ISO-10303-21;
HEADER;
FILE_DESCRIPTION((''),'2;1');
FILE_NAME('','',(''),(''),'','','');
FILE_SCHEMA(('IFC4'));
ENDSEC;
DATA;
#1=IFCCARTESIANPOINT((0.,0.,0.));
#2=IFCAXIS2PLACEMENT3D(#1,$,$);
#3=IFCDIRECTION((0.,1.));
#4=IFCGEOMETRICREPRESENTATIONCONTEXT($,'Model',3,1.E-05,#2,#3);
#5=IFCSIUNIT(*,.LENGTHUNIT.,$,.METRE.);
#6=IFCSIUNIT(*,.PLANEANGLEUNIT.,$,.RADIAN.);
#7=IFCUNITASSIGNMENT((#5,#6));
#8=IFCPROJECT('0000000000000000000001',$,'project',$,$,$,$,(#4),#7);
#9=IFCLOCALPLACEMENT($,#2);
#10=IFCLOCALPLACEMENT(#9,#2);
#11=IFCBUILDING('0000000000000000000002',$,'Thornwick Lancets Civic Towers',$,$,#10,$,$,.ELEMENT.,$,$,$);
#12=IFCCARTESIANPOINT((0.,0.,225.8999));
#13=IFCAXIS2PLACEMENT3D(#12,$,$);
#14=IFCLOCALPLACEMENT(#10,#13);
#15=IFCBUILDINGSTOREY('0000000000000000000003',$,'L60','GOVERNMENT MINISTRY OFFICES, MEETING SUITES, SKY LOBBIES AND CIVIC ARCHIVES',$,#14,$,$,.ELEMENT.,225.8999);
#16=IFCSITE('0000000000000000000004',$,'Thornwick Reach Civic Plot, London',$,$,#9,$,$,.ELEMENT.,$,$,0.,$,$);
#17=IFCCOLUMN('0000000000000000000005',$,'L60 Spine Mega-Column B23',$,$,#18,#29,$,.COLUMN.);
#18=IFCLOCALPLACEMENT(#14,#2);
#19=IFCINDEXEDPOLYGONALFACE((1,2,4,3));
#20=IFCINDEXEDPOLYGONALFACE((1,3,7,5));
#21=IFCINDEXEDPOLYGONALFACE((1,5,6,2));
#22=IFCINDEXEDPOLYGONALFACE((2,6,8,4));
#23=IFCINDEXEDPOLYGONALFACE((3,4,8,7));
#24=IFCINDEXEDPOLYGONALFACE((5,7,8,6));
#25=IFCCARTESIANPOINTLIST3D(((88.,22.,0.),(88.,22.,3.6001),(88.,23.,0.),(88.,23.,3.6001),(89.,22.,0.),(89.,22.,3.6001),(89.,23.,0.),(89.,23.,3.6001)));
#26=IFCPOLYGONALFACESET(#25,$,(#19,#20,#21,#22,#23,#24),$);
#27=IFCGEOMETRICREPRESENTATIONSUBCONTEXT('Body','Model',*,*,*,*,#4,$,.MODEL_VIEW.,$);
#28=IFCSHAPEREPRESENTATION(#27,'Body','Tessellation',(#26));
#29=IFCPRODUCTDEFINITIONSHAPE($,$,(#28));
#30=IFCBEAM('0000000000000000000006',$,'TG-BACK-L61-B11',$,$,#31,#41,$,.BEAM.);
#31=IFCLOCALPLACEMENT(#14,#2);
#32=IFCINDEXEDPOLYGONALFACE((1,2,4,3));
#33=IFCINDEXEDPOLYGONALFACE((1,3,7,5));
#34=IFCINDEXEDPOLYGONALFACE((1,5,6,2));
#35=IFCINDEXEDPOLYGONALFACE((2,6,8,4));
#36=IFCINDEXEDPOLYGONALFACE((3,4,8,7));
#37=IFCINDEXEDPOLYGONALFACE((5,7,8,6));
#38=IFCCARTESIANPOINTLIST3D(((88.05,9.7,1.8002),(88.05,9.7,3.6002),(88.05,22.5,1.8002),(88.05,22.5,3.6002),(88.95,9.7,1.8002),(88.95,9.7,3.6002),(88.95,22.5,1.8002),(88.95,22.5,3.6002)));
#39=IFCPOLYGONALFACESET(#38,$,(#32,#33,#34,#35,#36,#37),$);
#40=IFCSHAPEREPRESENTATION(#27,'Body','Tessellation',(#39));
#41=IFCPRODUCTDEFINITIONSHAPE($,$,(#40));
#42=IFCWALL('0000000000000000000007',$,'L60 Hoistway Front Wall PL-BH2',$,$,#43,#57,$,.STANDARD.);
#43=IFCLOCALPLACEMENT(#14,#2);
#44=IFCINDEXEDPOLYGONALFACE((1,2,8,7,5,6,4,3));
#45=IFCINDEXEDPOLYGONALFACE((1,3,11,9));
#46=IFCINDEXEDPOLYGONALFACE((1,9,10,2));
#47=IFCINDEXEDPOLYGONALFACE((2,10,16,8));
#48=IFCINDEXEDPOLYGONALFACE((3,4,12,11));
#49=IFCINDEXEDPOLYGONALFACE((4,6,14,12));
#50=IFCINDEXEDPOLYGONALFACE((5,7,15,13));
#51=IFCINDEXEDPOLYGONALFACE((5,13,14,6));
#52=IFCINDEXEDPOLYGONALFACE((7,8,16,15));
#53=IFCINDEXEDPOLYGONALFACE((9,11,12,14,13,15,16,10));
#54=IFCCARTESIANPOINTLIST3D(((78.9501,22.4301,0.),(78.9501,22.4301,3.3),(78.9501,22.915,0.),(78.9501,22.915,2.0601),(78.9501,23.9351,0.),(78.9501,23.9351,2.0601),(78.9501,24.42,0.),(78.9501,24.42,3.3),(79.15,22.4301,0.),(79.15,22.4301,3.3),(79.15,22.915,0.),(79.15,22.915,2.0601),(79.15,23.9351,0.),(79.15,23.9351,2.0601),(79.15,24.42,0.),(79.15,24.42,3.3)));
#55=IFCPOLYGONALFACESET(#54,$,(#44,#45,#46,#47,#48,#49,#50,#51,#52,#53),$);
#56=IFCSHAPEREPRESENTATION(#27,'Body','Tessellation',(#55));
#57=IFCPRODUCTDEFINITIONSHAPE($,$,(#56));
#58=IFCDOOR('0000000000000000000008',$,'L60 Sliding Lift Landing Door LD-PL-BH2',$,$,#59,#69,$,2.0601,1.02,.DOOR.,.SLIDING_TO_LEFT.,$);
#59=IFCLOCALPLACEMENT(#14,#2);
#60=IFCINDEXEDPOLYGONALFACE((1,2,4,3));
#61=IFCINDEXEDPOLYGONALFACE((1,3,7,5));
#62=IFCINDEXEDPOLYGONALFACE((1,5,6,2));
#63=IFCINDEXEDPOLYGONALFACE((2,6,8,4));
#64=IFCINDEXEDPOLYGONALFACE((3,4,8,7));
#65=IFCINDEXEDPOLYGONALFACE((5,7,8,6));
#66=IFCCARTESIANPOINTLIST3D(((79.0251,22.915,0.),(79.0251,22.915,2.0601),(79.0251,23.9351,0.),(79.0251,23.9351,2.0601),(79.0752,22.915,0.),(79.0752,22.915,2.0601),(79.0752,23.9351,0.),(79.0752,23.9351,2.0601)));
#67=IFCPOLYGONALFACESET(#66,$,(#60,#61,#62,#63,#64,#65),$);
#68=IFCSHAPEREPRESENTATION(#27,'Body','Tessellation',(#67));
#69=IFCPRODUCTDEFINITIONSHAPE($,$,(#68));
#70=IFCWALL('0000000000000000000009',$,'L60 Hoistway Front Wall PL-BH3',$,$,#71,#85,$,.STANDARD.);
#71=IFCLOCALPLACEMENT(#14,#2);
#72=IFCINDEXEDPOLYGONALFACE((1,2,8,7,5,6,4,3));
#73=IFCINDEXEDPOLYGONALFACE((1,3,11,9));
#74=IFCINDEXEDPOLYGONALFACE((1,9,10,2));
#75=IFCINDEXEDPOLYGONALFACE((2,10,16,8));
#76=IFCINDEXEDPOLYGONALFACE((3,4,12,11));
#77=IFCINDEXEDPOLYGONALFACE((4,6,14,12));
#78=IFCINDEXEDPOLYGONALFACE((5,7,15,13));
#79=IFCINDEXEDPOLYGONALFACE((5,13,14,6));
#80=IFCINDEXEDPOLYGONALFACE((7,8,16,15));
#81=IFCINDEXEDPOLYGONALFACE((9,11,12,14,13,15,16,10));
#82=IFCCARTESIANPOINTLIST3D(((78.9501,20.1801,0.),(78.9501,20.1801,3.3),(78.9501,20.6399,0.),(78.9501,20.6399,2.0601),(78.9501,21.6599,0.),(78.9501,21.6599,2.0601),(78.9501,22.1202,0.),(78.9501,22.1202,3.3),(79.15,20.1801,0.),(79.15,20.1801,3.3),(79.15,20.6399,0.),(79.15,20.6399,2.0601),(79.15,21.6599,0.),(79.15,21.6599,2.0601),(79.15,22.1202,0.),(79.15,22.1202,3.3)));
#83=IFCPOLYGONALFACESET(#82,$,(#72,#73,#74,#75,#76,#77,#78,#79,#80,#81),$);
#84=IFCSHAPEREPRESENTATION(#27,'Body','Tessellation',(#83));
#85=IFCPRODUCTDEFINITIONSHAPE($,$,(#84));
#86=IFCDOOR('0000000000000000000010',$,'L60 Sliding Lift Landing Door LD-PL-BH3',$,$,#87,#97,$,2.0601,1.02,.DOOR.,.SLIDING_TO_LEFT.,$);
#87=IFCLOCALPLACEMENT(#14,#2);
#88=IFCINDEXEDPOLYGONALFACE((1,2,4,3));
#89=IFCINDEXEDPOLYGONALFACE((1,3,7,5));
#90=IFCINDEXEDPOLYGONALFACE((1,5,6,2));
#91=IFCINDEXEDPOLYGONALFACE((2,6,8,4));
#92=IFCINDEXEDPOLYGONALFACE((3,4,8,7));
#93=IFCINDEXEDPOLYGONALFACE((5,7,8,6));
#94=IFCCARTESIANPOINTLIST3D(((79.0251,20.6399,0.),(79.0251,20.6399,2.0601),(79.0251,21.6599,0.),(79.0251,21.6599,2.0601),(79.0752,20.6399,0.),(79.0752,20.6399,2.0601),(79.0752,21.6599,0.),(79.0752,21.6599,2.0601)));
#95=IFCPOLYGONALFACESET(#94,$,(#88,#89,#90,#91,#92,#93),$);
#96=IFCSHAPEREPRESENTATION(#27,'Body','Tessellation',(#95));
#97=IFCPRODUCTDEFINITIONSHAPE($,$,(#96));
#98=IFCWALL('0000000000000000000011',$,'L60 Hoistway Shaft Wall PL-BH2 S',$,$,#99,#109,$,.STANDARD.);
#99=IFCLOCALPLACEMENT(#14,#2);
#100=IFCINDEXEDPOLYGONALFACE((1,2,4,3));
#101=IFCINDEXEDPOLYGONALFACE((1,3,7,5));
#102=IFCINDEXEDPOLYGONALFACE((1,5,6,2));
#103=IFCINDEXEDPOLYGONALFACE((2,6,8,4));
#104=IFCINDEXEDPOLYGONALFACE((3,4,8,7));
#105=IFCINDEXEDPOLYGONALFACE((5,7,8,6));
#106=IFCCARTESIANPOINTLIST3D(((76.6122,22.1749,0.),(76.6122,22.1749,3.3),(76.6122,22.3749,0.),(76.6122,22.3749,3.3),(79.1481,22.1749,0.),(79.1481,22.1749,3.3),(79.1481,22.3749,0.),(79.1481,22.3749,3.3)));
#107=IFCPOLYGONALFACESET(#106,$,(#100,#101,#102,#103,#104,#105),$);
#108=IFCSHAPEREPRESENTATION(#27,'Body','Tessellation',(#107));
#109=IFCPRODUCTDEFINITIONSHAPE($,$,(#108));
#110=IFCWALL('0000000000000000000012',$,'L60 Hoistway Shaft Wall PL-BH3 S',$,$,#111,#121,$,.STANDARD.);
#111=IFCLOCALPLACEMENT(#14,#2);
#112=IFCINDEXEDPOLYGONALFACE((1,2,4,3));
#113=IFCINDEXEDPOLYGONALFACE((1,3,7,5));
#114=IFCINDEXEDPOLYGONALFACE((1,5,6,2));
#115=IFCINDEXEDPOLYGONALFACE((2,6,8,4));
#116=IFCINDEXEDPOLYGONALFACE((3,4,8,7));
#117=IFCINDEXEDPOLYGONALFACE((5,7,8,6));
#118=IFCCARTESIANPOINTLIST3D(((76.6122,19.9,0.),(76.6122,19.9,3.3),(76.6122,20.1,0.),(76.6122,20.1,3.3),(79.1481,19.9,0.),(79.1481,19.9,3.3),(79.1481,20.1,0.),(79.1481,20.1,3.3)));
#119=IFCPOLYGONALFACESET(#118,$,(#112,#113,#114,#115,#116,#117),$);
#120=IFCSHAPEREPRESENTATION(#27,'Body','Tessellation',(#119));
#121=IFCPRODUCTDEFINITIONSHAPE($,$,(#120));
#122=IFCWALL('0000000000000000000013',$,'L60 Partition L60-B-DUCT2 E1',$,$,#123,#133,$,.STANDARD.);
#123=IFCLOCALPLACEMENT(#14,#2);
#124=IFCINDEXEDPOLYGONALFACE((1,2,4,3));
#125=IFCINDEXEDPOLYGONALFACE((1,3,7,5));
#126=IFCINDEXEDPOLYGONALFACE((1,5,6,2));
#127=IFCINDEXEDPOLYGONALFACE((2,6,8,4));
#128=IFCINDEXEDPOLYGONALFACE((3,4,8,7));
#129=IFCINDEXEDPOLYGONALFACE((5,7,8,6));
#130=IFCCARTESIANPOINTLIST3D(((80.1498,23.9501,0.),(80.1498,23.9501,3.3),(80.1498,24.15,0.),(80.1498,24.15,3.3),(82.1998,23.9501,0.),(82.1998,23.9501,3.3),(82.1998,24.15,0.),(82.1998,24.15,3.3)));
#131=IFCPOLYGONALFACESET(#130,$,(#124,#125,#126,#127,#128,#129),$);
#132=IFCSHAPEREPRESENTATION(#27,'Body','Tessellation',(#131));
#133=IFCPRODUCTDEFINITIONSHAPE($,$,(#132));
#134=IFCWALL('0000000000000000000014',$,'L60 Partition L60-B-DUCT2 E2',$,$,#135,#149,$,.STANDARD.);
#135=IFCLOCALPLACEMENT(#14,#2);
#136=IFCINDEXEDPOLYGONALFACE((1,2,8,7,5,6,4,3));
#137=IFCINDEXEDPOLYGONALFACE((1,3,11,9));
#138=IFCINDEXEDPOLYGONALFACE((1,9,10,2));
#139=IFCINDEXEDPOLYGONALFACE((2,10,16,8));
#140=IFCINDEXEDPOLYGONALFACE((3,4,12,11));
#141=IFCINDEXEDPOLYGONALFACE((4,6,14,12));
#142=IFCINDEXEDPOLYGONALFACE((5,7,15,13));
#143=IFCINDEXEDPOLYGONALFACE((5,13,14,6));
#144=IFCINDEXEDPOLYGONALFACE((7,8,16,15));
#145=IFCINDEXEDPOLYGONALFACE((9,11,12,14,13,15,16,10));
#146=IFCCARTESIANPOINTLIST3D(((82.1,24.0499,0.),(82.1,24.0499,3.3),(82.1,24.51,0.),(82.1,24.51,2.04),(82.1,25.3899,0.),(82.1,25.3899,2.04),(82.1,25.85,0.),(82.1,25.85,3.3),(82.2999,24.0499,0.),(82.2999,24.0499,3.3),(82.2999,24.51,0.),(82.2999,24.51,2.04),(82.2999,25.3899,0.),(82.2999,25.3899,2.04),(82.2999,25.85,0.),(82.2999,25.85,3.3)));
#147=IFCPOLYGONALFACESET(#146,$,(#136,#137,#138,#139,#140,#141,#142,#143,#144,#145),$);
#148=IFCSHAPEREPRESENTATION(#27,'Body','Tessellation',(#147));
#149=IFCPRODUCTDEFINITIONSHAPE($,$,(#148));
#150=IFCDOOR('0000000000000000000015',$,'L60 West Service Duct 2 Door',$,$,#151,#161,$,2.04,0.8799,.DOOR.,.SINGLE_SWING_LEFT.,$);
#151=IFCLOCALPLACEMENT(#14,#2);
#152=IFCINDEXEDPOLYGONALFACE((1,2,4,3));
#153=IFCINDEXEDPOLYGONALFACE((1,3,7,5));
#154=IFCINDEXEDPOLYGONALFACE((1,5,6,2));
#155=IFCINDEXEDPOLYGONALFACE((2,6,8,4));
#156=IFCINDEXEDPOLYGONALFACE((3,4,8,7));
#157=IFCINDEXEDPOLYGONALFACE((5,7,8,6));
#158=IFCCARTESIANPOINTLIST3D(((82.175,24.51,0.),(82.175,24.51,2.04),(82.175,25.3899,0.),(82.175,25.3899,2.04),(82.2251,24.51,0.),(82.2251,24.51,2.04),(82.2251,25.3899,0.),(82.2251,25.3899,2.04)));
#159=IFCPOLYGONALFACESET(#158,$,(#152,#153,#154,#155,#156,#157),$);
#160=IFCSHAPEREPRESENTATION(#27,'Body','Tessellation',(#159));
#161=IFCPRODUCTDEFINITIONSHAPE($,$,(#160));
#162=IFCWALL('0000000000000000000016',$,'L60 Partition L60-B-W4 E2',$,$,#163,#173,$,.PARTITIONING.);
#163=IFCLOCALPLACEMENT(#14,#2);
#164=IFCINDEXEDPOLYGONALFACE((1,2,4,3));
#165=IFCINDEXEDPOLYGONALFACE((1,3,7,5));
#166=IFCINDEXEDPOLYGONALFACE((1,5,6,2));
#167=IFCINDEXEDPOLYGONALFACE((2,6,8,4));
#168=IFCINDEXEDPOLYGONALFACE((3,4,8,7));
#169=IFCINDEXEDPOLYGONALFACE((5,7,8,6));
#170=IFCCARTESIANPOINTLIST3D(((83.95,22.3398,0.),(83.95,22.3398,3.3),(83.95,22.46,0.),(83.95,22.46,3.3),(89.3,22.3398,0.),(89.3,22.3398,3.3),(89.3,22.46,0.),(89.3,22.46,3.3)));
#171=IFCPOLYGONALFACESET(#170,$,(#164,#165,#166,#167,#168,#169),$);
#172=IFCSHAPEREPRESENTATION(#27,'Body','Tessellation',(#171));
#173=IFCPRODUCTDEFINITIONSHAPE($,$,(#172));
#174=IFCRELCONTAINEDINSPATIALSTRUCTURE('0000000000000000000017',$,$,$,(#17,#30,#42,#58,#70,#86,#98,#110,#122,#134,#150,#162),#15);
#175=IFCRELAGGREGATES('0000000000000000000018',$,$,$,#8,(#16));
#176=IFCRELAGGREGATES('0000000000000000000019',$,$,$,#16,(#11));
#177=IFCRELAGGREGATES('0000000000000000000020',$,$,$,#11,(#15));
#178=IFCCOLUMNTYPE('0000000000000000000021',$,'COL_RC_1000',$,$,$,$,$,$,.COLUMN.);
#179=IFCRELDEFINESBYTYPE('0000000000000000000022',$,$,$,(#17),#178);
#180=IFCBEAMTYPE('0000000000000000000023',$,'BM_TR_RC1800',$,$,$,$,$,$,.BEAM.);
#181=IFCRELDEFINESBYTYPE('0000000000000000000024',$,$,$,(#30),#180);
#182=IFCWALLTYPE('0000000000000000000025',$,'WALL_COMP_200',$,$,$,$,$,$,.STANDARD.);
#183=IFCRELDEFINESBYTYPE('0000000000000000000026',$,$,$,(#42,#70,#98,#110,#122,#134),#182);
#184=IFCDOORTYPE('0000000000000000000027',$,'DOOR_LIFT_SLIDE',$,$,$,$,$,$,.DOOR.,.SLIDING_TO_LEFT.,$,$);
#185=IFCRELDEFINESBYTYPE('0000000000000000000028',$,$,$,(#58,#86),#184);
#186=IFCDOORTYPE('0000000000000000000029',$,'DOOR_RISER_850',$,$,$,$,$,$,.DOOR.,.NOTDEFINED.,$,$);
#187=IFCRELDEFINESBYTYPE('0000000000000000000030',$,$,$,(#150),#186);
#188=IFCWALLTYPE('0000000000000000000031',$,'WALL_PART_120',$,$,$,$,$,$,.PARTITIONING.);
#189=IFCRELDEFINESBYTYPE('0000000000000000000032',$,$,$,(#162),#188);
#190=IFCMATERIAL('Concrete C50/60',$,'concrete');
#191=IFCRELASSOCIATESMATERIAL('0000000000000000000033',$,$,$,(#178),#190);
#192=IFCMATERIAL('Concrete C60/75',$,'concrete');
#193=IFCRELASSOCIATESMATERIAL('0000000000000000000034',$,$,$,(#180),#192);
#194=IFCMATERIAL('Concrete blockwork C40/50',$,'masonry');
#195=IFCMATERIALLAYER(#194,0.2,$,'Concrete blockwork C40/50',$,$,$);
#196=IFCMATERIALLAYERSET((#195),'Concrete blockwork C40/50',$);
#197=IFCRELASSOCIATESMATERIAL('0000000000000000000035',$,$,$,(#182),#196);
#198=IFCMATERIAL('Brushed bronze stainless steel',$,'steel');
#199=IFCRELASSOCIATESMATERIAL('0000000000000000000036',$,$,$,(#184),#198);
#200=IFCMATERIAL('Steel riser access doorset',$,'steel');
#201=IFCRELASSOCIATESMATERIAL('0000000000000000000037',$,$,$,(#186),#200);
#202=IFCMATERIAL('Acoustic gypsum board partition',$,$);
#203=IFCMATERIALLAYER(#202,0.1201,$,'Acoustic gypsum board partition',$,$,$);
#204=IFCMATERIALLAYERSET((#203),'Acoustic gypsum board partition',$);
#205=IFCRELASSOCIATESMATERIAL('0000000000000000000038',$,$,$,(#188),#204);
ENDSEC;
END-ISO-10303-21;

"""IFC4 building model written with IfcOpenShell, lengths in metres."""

from ifc_helpers import new_model, si_unit, direction, frame, frame_2d, origin, origin_2d, place, context, subcontext, project, spatial, rectangle, extrude, material, layer, layer_set, material_profile, profile_set, type_object, element, fill, save


model = new_model("IFC4")

# Units and contexts
model_context = context("Model", 3, precision=1e-05, world=origin(), true_north=direction((0.0, 1.0)))
body_context = subcontext(model_context, "Body", "Model", "MODEL_VIEW")
ifc_project = project(units=[si_unit("LENGTHUNIT", "METRE"), si_unit("PLANEANGLEUNIT", "RADIAN")], contexts=[model_context])

# Site, building, storey
site_placement = place(None, origin())
site = spatial("IfcSite", under=ifc_project, at=site_placement, Name="Thornwick Reach Civic Plot, London", CompositionType="ELEMENT", RefElevation=0.0)
building_placement = place(site_placement, origin())
building = spatial("IfcBuilding", under=site, at=building_placement, Name="Thornwick Lancets Civic Towers", CompositionType="ELEMENT")
storey_placement = place(building_placement, frame((0.0, 0.0, 225.8999)))
storey = spatial("IfcBuildingStorey", under=building, at=storey_placement, Name="L60", Description="GOVERNMENT MINISTRY OFFICES, MEETING SUITES, SKY LOBBIES AND CIVIC ARCHIVES", CompositionType="ELEMENT", Elevation=225.8999)

# Column
ifc_material_1 = material(Name="Concrete C50/60", Category="concrete")
ifc_material_profile_1 = material_profile(ifc_material_1, rectangle(XDim=1.0, YDim=1.0, at=origin_2d()), Name="RC 1000x1000")
ifc_profile_set_1 = profile_set([ifc_material_profile_1], Name="Concrete C50/60")
column_type = type_object("IfcColumnType", Name="COL_RC_1000", PredefinedType="COLUMN", material=ifc_profile_set_1)
column_placement = place(storey_placement, frame((88.5, 22.5, 0.0), z_axis=(0.0, 0.0, 1.0), x_axis=(1.0, 0.0, 0.0)))
element("IfcColumn", 1, at=column_placement, inside=storey, type_object=column_type, Name="L60 Spine Mega-Column B23", PredefinedType="COLUMN", context=body_context, shape_type="SweptSolid", body=[
    extrude(rectangle(XDim=1.0, YDim=1.0, at=origin_2d()), origin(), (0.0, 0.0, 1.0), 3.6001),
])

# Beam
ifc_material_2 = material(Name="Concrete C60/75", Category="concrete")
ifc_material_profile_2 = material_profile(ifc_material_2, rectangle(XDim=0.8999, YDim=1.8, at=origin_2d()), Name="RC 900x1800")
ifc_profile_set_2 = profile_set([ifc_material_profile_2], Name="Concrete C60/75")
beam_type = type_object("IfcBeamType", Name="BM_TR_RC1800", PredefinedType="BEAM", material=ifc_profile_set_2)
beam_placement = place(storey_placement, frame((88.5, 22.5, 2.7002), z_axis=(0.0, -1.0, 0.0), x_axis=(1.0, 0.0, 0.0)))
element("IfcBeam", 2, at=beam_placement, inside=storey, type_object=beam_type, Name="TG-BACK-L61-B11", PredefinedType="BEAM", context=body_context, shape_type="SweptSolid", body=[
    extrude(rectangle(XDim=0.8999, YDim=1.8, at=origin_2d()), origin(), (0.0, 0.0, 1.0), 12.8),
])

# Walls, openings, doors
ifc_material_3 = material(Name="Concrete blockwork C40/50", Category="masonry")
ifc_layer_1 = layer(ifc_material_3, 0.2, Name="Concrete blockwork C40/50")
ifc_layer_set_1 = layer_set([ifc_layer_1], Name="Concrete blockwork C40/50")
wall_type_1 = type_object("IfcWallType", Name="WALL_COMP_200", PredefinedType="STANDARD", material=ifc_layer_set_1)
wall_1_placement = place(storey_placement, frame((79.05, 22.4299, 0.0), z_axis=(0.0, 0.0, 1.0), x_axis=(0.0, 1.0, 0.0)))
wall_1 = element("IfcWall", 3, at=wall_1_placement, inside=storey, type_object=wall_type_1, Name="L60 Hoistway Front Wall PL-BH2", PredefinedType="STANDARD", context=body_context, shape_type="SweptSolid", body=[
    extrude(rectangle(XDim=1.99, YDim=0.2, at=frame_2d((0.9951, 0.0))), origin(), (0.0, 0.0, 1.0), 3.3),
])
opening_1_placement = place(wall_1_placement, frame((0.4851, 0.0, 0.0)))
opening_1 = element("IfcOpeningElement", 4, at=opening_1_placement, cuts=wall_1, PredefinedType="OPENING", context=body_context, shape_type="SweptSolid", body=[
    extrude(rectangle(XDim=1.02, YDim=2.0601, at=frame_2d((0.51, 1.03))), frame((0.0, 0.1099, 0.0), z_axis=(0.0, -1.0, 0.0), x_axis=(1.0, 0.0, 0.0)), (0.0, 0.0, 1.0), 0.22),
])
ifc_material_4 = material(Name="Brushed bronze stainless steel", Category="steel")
door_type_1 = type_object("IfcDoorType", Name="DOOR_LIFT_SLIDE", OperationType="SLIDING_TO_LEFT", PredefinedType="DOOR", material=ifc_material_4)
door_1_placement = place(opening_1_placement, origin())
door_1 = element("IfcDoor", 5, at=door_1_placement, inside=storey, type_object=door_type_1, Name="L60 Sliding Lift Landing Door LD-PL-BH2", OperationType="SLIDING_TO_LEFT", OverallHeight=2.0601, OverallWidth=1.02, PredefinedType="DOOR", context=body_context, shape_type="SweptSolid", body=[
    extrude(rectangle(XDim=1.02, YDim=2.0601, at=frame_2d((0.51, 1.03))), frame((0.0, 0.0249, 0.0), z_axis=(0.0, -1.0, 0.0), x_axis=(1.0, 0.0, 0.0)), (0.0, 0.0, 1.0), 0.05),
])
fill(opening_1, door_1)
wall_2_placement = place(storey_placement, frame((79.05, 20.1799, 0.0), z_axis=(0.0, 0.0, 1.0), x_axis=(0.0, 1.0, 0.0)))
wall_2 = element("IfcWall", 6, at=wall_2_placement, inside=storey, type_object=wall_type_1, Name="L60 Hoistway Front Wall PL-BH3", PredefinedType="STANDARD", context=body_context, shape_type="SweptSolid", body=[
    extrude(rectangle(XDim=1.9402, YDim=0.2, at=frame_2d((0.9702, 0.0))), origin(), (0.0, 0.0, 1.0), 3.3),
])
opening_2_placement = place(wall_2_placement, frame((0.46, 0.0, 0.0)))
opening_2 = element("IfcOpeningElement", 7, at=opening_2_placement, cuts=wall_2, PredefinedType="OPENING", context=body_context, shape_type="SweptSolid", body=[
    extrude(rectangle(XDim=1.02, YDim=2.0601, at=frame_2d((0.51, 1.03))), frame((0.0, 0.1099, 0.0), z_axis=(0.0, -1.0, 0.0), x_axis=(1.0, 0.0, 0.0)), (0.0, 0.0, 1.0), 0.22),
])
door_2_placement = place(opening_2_placement, origin())
door_2 = element("IfcDoor", 8, at=door_2_placement, inside=storey, type_object=door_type_1, Name="L60 Sliding Lift Landing Door LD-PL-BH3", OperationType="SLIDING_TO_LEFT", OverallHeight=2.0601, OverallWidth=1.02, PredefinedType="DOOR", context=body_context, shape_type="SweptSolid", body=[
    extrude(rectangle(XDim=1.02, YDim=2.0601, at=frame_2d((0.51, 1.03))), frame((0.0, 0.0249, 0.0), z_axis=(0.0, -1.0, 0.0), x_axis=(1.0, 0.0, 0.0)), (0.0, 0.0, 1.0), 0.05),
])
fill(opening_2, door_2)

# Walls
for number, where, z_axis, x_axis, name in (
    (9, (76.6121, 22.2749, 0.0), (0.0, 0.0, 1.0), (1.0, 0.0, 0.0), "L60 Hoistway Shaft Wall PL-BH2 S"),
    (10, (76.6121, 20.0, 0.0), (0.0, 0.0, 1.0), (1.0, 0.0, 0.0), "L60 Hoistway Shaft Wall PL-BH3 S"),
):
    element("IfcWall", number, at=place(storey_placement, frame(where, z_axis=z_axis, x_axis=x_axis)), inside=storey, type_object=wall_type_1, Name=name, PredefinedType="STANDARD", context=body_context, shape_type="SweptSolid", body=[
        extrude(rectangle(XDim=2.5359, YDim=0.2, at=frame_2d((1.2681, 0.0))), origin(), (0.0, 0.0, 1.0), 3.3),
    ])
wall_3_placement = place(storey_placement, frame((80.1499, 24.05, 0.0), z_axis=(0.0, 0.0, 1.0), x_axis=(1.0, 0.0, 0.0)))
element("IfcWall", 11, at=wall_3_placement, inside=storey, type_object=wall_type_1, Name="L60 Partition L60-B-DUCT2 E1", PredefinedType="STANDARD", context=body_context, shape_type="SweptSolid", body=[
    extrude(rectangle(XDim=2.05, YDim=0.2, at=frame_2d((1.0249, 0.0))), origin(), (0.0, 0.0, 1.0), 3.3),
])

# Wall, opening, door
wall_4_placement = place(storey_placement, frame((82.2, 24.05, 0.0), z_axis=(0.0, 0.0, 1.0), x_axis=(0.0, 1.0, 0.0)))
wall_4 = element("IfcWall", 12, at=wall_4_placement, inside=storey, type_object=wall_type_1, Name="L60 Partition L60-B-DUCT2 E2", PredefinedType="STANDARD", context=body_context, shape_type="SweptSolid", body=[
    extrude(rectangle(XDim=1.8, YDim=0.2, at=frame_2d((0.8999, 0.0))), origin(), (0.0, 0.0, 1.0), 3.3),
])
opening_3_placement = place(wall_4_placement, frame((0.46, 0.0, 0.0)))
opening_3 = element("IfcOpeningElement", 13, at=opening_3_placement, cuts=wall_4, PredefinedType="OPENING", context=body_context, shape_type="SweptSolid", body=[
    extrude(rectangle(XDim=0.8799, YDim=2.04, at=frame_2d((0.4399, 1.02))), frame((0.0, 0.1099, 0.0), z_axis=(0.0, -1.0, 0.0), x_axis=(1.0, 0.0, 0.0)), (0.0, 0.0, 1.0), 0.22),
])
ifc_material_5 = material(Name="Steel riser access doorset", Category="steel")
door_type_2 = type_object("IfcDoorType", Name="DOOR_RISER_850", OperationType="NOTDEFINED", PredefinedType="DOOR", material=ifc_material_5)
door_3_placement = place(opening_3_placement, origin())
door_3 = element("IfcDoor", 14, at=door_3_placement, inside=storey, type_object=door_type_2, Name="L60 West Service Duct 2 Door", OperationType="SINGLE_SWING_LEFT", OverallHeight=2.04, OverallWidth=0.8799, PredefinedType="DOOR", context=body_context, shape_type="SweptSolid", body=[
    extrude(rectangle(XDim=0.8799, YDim=2.04, at=frame_2d((0.4399, 1.02))), frame((0.0, 0.0249, 0.0), z_axis=(0.0, -1.0, 0.0), x_axis=(1.0, 0.0, 0.0)), (0.0, 0.0, 1.0), 0.05),
])
fill(opening_3, door_3)

# Wall
ifc_material_6 = material(Name="Acoustic gypsum board partition")
ifc_layer_2 = layer(ifc_material_6, 0.1201, Name="Acoustic gypsum board partition")
ifc_layer_set_2 = layer_set([ifc_layer_2], Name="Acoustic gypsum board partition")
wall_type_2 = type_object("IfcWallType", Name="WALL_PART_120", PredefinedType="PARTITIONING", material=ifc_layer_set_2)
wall_5_placement = place(storey_placement, frame((83.95, 22.3999, 0.0), z_axis=(0.0, 0.0, 1.0), x_axis=(1.0, 0.0, 0.0)))
element("IfcWall", 15, at=wall_5_placement, inside=storey, type_object=wall_type_2, Name="L60 Partition L60-B-W4 E2", PredefinedType="PARTITIONING", context=body_context, shape_type="SweptSolid", body=[
    extrude(rectangle(XDim=5.3501, YDim=0.1201, at=frame_2d((2.675, 0.0))), origin(), (0.0, 0.0, 1.0), 3.3),
])

save(model, "model.ifc")
